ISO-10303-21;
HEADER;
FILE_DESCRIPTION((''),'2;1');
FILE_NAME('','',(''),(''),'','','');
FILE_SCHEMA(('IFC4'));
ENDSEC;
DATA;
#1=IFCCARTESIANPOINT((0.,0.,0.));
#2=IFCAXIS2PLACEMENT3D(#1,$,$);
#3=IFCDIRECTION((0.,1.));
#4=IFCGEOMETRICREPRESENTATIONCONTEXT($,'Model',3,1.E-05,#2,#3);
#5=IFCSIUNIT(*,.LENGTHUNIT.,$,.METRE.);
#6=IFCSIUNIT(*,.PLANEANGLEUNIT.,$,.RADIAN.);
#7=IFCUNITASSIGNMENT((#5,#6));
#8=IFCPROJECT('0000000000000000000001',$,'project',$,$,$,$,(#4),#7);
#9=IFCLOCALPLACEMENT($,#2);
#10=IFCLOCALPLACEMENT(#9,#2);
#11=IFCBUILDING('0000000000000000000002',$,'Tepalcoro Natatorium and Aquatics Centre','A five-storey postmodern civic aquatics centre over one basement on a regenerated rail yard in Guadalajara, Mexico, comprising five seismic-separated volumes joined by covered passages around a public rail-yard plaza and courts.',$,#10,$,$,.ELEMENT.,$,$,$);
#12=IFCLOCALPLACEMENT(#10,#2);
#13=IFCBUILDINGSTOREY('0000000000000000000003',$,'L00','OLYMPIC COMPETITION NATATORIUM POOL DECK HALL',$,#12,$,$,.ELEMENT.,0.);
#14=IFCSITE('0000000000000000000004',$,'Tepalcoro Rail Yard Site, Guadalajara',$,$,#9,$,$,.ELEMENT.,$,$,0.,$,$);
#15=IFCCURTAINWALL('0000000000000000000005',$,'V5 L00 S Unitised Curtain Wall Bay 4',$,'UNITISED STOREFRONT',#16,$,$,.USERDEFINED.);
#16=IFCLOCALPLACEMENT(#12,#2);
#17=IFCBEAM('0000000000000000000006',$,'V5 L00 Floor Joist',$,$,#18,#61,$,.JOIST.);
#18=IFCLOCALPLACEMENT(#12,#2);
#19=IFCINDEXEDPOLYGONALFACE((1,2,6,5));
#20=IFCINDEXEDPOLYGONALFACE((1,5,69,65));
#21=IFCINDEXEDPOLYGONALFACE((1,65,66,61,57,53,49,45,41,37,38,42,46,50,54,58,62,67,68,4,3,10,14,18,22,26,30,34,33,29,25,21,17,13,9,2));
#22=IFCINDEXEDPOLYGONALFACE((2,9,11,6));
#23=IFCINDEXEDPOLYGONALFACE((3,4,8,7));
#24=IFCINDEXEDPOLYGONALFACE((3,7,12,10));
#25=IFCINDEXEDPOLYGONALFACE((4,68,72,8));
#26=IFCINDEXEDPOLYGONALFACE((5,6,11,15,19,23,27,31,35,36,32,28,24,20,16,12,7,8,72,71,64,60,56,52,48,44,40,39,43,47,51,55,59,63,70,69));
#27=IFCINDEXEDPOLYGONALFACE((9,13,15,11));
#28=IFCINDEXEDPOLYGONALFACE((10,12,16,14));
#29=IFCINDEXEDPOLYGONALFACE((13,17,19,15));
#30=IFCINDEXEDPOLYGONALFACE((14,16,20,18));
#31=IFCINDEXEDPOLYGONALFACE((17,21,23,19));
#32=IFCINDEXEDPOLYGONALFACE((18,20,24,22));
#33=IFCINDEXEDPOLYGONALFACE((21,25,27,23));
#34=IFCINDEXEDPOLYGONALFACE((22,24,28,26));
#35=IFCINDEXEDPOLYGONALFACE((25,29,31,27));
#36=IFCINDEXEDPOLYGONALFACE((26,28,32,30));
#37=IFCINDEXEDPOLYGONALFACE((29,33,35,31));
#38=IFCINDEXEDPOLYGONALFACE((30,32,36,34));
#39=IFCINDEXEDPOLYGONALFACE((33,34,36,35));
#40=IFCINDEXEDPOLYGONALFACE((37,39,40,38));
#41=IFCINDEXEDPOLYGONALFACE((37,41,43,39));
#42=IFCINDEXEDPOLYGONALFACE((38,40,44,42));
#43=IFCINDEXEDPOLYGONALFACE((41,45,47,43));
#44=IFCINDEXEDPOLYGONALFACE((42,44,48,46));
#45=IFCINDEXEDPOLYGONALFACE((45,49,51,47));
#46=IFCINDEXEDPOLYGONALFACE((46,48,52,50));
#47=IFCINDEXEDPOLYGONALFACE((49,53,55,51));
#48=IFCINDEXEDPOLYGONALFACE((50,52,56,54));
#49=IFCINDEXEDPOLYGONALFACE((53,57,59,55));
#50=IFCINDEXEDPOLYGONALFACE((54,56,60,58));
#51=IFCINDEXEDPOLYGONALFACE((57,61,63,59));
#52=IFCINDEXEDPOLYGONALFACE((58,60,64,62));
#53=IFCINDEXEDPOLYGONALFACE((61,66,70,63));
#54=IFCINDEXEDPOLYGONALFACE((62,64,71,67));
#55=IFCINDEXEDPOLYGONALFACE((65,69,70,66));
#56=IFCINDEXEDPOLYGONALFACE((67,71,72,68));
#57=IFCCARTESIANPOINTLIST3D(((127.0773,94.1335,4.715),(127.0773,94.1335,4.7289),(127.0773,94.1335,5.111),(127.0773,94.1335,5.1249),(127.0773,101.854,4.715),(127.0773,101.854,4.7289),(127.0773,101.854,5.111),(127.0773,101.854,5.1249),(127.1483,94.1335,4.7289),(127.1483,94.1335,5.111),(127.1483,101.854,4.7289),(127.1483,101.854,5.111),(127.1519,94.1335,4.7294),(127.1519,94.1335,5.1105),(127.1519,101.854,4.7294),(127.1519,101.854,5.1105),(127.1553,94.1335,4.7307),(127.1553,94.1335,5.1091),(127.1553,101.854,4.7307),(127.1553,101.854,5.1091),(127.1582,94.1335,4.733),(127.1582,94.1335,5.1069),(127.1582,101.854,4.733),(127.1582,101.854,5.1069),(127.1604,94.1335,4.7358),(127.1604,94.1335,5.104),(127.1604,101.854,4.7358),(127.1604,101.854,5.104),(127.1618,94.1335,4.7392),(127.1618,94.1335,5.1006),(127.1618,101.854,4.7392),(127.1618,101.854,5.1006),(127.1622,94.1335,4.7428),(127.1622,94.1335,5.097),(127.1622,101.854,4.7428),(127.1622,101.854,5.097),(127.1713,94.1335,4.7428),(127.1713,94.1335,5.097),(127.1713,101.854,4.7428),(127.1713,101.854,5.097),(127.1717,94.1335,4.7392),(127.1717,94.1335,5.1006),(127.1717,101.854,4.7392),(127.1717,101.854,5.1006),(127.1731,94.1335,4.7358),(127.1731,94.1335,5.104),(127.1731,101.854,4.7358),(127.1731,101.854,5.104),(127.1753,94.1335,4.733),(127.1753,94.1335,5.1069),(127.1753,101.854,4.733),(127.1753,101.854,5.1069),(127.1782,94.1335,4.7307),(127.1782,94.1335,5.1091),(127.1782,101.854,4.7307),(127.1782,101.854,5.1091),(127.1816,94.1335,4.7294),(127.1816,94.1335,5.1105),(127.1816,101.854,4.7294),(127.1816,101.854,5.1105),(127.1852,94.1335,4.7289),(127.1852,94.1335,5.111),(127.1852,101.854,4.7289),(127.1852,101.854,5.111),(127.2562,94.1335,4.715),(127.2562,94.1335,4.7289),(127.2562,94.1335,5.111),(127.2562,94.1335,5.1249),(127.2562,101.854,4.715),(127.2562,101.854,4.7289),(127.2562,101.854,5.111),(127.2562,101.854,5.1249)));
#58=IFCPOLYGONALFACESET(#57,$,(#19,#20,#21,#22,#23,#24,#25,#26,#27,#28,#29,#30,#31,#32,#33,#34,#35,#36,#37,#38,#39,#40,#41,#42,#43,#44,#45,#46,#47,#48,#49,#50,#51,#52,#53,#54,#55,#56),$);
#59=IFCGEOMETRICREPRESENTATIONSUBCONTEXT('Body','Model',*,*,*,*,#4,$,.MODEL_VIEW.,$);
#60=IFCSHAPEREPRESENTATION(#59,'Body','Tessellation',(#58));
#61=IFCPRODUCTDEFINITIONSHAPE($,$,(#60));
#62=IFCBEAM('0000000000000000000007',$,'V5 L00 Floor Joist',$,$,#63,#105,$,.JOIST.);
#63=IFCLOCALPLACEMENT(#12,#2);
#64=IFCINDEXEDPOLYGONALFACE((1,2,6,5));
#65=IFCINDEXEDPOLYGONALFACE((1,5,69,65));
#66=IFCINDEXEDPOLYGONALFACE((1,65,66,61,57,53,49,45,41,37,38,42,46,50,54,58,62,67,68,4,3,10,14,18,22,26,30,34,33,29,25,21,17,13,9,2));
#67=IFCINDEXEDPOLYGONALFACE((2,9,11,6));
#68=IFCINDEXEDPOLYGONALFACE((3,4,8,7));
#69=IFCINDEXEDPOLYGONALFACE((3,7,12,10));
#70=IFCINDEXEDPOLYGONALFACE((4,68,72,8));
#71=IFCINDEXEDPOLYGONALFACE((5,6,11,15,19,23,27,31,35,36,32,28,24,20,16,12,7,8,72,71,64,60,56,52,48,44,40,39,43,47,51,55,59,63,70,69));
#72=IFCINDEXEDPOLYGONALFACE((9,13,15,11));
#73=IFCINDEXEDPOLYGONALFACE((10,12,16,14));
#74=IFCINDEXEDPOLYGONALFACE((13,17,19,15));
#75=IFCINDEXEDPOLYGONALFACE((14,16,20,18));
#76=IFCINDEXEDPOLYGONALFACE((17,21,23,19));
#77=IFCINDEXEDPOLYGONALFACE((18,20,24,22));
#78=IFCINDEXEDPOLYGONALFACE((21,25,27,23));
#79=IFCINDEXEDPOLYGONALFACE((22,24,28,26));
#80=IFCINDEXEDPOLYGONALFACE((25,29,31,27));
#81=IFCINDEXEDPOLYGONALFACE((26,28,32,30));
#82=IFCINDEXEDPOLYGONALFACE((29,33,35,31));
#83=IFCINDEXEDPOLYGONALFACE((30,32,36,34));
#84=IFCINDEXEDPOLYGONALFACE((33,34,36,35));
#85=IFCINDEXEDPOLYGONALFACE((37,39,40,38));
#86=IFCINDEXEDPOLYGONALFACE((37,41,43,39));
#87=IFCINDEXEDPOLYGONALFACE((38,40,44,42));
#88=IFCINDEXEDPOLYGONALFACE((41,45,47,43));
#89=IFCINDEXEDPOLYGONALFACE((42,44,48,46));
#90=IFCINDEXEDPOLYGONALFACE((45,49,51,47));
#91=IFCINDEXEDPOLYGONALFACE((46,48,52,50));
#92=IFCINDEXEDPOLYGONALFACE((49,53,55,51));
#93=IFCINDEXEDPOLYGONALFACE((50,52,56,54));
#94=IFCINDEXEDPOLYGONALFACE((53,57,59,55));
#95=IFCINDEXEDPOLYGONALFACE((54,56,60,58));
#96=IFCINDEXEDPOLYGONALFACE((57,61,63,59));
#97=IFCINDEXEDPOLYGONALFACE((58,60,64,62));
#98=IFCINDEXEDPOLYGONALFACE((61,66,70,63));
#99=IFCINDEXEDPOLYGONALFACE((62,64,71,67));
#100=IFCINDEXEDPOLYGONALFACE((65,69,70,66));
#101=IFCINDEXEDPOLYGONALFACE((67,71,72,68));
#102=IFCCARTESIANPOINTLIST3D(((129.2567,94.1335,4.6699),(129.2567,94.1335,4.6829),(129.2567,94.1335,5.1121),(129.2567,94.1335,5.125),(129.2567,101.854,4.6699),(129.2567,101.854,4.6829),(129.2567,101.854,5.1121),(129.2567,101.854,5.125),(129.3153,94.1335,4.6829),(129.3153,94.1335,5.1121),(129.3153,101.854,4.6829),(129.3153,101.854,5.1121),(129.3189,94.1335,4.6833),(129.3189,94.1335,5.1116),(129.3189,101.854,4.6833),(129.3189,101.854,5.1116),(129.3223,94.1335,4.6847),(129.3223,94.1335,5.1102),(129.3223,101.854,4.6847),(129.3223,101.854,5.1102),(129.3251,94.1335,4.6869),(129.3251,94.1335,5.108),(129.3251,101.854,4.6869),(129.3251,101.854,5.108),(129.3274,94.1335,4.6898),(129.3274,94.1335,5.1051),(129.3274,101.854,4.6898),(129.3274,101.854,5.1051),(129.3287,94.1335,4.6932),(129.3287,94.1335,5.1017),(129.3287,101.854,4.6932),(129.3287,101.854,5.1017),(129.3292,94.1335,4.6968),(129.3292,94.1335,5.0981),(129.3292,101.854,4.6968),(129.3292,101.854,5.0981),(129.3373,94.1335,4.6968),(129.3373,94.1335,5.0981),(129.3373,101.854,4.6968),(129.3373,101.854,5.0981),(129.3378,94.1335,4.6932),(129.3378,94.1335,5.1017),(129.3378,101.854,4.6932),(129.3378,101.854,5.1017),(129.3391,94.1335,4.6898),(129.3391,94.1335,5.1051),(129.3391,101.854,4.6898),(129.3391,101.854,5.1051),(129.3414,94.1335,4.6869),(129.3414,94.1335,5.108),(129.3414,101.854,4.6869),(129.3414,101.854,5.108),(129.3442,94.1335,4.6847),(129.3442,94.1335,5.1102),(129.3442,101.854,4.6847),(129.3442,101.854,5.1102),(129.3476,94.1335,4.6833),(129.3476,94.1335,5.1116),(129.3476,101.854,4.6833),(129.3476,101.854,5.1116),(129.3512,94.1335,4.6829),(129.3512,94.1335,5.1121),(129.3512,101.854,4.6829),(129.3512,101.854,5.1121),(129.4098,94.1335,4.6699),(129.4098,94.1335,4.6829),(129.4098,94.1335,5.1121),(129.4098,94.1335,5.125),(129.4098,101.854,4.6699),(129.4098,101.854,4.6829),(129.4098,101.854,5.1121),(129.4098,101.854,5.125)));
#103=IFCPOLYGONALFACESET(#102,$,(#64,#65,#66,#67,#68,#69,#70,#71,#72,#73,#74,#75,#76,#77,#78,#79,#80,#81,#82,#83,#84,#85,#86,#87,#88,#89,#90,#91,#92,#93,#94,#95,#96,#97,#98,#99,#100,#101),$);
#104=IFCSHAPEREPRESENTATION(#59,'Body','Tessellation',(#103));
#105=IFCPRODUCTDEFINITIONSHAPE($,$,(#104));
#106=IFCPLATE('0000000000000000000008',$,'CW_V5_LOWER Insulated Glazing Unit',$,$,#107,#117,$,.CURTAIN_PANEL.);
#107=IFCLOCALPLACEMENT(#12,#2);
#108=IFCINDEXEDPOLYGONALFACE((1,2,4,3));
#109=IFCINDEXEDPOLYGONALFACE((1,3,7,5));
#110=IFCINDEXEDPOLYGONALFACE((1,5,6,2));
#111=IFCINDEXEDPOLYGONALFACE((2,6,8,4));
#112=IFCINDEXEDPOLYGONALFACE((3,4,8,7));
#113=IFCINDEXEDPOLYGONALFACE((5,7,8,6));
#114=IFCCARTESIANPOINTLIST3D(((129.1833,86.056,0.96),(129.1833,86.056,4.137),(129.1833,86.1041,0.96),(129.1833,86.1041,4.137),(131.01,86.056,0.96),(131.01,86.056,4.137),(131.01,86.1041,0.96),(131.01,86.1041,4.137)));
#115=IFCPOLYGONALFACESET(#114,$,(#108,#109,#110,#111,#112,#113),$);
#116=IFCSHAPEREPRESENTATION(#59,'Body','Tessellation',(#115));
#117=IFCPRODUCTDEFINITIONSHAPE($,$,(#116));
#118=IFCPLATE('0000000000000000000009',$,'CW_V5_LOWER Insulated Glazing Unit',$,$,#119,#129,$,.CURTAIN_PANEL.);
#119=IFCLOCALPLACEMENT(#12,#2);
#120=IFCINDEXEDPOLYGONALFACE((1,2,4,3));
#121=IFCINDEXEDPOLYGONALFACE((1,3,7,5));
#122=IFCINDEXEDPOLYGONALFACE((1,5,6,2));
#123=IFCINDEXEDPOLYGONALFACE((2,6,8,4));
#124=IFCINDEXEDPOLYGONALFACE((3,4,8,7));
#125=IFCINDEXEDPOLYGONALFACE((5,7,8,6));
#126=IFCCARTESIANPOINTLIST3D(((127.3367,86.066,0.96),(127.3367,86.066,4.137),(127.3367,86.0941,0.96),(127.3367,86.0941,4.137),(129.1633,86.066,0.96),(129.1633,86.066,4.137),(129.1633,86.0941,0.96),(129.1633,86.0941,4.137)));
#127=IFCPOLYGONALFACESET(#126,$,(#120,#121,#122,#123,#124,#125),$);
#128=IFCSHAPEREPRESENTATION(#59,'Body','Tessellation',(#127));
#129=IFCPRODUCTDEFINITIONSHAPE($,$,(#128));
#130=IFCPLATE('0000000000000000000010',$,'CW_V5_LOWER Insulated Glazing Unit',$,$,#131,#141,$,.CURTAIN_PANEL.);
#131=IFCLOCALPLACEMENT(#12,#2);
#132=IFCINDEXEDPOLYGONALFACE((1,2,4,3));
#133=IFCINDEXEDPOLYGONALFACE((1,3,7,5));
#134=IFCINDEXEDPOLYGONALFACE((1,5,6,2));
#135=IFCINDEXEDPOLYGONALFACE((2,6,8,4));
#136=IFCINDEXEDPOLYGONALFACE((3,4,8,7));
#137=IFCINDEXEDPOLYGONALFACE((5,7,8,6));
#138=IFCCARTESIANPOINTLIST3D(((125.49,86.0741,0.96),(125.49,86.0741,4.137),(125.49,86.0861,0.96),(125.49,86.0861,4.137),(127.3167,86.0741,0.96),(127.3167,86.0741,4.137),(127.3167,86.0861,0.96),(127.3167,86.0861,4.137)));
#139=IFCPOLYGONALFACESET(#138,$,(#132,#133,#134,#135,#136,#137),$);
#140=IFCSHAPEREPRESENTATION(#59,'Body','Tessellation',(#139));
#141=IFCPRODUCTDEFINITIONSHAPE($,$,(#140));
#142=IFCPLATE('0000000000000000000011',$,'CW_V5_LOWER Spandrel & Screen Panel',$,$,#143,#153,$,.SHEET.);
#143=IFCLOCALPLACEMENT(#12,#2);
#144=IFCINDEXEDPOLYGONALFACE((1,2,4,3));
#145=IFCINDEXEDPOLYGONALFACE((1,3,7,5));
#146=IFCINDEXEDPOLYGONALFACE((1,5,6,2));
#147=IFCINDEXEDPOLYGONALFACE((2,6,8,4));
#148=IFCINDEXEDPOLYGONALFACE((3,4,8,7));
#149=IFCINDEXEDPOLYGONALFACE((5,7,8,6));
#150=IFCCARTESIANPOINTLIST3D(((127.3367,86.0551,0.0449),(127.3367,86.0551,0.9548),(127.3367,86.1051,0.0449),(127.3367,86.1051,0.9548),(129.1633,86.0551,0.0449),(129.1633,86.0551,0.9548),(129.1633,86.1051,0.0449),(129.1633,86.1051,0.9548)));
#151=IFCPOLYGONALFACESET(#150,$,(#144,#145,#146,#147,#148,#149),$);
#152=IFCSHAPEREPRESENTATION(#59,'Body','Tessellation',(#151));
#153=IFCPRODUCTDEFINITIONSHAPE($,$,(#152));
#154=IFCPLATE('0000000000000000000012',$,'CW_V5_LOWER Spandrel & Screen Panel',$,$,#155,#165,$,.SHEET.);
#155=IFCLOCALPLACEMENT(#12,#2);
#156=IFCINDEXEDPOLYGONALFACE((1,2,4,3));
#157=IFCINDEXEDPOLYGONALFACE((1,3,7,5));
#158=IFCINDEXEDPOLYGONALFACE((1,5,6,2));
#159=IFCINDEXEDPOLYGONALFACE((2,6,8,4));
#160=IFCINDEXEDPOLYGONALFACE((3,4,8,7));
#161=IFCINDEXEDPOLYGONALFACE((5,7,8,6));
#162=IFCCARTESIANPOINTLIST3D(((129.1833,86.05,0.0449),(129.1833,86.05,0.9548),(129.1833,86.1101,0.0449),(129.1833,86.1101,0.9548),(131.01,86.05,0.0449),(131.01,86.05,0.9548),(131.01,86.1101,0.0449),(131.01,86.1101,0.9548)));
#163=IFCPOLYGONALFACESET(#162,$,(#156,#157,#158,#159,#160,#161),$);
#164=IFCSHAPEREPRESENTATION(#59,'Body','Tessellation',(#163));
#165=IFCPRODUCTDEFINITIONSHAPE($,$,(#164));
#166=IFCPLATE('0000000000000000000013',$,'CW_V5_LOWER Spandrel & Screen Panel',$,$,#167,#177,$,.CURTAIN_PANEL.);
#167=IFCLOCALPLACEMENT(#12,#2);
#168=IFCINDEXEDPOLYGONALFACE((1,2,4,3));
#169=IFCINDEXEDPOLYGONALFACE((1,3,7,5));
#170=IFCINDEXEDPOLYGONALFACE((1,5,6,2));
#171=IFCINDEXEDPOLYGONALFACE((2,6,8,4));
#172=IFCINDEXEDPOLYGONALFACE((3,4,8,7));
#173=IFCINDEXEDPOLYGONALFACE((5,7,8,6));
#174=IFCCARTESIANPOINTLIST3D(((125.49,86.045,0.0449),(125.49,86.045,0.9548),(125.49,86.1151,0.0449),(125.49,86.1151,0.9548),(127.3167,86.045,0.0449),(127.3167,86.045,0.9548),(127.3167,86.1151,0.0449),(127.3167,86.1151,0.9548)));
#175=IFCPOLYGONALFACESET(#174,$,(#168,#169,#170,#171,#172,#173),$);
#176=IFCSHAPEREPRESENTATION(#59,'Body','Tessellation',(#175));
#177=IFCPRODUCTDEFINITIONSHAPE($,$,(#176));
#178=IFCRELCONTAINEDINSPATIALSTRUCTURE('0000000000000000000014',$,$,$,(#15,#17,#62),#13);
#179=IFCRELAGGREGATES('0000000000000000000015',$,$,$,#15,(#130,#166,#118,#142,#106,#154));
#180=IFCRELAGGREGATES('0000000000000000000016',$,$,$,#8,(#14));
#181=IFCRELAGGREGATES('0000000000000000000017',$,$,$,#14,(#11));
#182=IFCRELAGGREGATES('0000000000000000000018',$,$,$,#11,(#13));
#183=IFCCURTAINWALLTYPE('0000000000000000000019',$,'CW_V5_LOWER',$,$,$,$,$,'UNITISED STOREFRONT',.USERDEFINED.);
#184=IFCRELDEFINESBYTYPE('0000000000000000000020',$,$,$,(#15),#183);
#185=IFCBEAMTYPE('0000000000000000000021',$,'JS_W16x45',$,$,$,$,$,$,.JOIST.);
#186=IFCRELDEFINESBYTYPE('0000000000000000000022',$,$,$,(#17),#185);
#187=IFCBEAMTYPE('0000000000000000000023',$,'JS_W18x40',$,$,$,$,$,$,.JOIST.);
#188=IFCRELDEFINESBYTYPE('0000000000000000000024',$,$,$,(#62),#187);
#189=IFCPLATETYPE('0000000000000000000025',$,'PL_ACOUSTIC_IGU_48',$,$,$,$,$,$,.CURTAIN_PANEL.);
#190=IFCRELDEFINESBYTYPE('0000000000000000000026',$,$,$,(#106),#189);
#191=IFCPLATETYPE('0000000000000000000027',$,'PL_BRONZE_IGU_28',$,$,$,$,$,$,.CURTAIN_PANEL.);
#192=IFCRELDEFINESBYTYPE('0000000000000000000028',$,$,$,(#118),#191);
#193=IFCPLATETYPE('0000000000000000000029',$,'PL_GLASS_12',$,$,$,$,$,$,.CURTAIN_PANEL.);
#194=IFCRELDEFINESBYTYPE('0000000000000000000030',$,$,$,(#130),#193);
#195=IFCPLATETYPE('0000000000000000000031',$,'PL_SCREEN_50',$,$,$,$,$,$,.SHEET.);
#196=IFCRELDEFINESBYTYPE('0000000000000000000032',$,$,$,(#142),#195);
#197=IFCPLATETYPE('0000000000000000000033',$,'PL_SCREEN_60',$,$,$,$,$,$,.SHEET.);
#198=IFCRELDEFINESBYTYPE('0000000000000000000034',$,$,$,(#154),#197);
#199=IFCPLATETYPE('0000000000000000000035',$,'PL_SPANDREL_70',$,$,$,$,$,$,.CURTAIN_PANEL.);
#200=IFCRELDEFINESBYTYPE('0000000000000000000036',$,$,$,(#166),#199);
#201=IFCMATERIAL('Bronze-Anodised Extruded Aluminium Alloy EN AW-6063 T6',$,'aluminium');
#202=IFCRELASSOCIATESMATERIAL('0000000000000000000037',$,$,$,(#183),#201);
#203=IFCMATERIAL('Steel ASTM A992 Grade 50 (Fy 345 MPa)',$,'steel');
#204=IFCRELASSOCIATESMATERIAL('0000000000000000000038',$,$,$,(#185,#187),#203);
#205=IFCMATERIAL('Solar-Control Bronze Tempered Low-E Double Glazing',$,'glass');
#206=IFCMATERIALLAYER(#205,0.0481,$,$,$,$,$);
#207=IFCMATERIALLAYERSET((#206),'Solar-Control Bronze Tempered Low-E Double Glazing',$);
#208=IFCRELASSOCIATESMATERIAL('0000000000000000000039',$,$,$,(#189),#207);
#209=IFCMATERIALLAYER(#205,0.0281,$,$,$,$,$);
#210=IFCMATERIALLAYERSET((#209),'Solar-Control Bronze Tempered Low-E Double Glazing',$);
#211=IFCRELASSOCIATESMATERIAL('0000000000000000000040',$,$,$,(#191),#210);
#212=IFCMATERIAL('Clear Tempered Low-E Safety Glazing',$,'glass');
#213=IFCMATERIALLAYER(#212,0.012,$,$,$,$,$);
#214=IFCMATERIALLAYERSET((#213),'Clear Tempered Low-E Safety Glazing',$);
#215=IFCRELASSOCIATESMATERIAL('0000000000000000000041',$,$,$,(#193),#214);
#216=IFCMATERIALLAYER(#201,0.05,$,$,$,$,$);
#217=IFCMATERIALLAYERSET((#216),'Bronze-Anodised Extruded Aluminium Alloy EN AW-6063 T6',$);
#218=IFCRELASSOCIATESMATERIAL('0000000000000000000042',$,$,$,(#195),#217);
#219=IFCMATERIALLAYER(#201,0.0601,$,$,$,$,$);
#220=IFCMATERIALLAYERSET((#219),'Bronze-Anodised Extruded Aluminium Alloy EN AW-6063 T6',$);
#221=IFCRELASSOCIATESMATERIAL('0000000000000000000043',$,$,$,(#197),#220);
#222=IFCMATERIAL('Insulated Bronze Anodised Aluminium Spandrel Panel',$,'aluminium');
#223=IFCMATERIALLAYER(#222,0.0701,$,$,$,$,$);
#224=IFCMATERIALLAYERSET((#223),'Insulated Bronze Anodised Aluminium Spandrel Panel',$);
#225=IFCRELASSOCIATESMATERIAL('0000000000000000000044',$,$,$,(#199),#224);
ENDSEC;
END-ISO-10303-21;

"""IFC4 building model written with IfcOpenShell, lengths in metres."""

from ifc_helpers import new_model, si_unit, direction, frame, origin, origin_2d, place, context, subcontext, project, spatial, rectangle, i_section, extrude, material, layer, layer_set, material_profile, profile_set, type_object, element, aggregate, save


model = new_model("IFC4")

# Units and contexts
model_context = context("Model", 3, precision=1e-05, world=origin(), true_north=direction((0.0, 1.0)))
body_context = subcontext(model_context, "Body", "Model", "MODEL_VIEW")
ifc_project = project(units=[si_unit("LENGTHUNIT", "METRE"), si_unit("PLANEANGLEUNIT", "RADIAN")], contexts=[model_context])

# Site, building, storey
site_placement = place(None, origin())
site = spatial("IfcSite", under=ifc_project, at=site_placement, Name="Tepalcoro Rail Yard Site, Guadalajara", CompositionType="ELEMENT", RefElevation=0.0)
building_placement = place(site_placement, origin())
building = spatial("IfcBuilding", under=site, at=building_placement, Name="Tepalcoro Natatorium and Aquatics Centre", Description="A five-storey postmodern civic aquatics centre over one basement on a regenerated rail yard in Guadalajara, Mexico, comprising five seismic-separated volumes joined by covered passages around a public rail-yard plaza and courts.", CompositionType="ELEMENT")
storey_placement = place(building_placement, origin())
storey = spatial("IfcBuildingStorey", under=building, at=storey_placement, Name="L00", Description="OLYMPIC COMPETITION NATATORIUM POOL DECK HALL", CompositionType="ELEMENT", Elevation=0.0)

# Shared definitions
ifc_material_1 = material(Name="Steel ASTM A992 Grade 50 (Fy 345 MPa)", Category="steel")

# Curtain wall
ifc_material_2 = material(Name="Bronze-Anodised Extruded Aluminium Alloy EN AW-6063 T6", Category="aluminium")
curtain_wall_type = type_object("IfcCurtainWallType", Name="CW_V5_LOWER", ElementType="UNITISED STOREFRONT", PredefinedType="USERDEFINED", material=ifc_material_2)
curtain_wall_placement = place(storey_placement, origin())
curtain_wall = element("IfcCurtainWall", 1, at=curtain_wall_placement, inside=storey, type_object=curtain_wall_type, Name="V5 L00 S Unitised Curtain Wall Bay 4", ObjectType="UNITISED STOREFRONT", PredefinedType="USERDEFINED")

# Beams
ifc_material_profile_1 = material_profile(ifc_material_1, i_section(OverallWidth=0.179, OverallDepth=0.4099, WebThickness=0.009, FlangeThickness=0.0139, FilletRadius=0.0139, at=origin_2d()), Name="W16X45")
ifc_profile_set_1 = profile_set([ifc_material_profile_1], Name="Steel ASTM A992 Grade 50 (Fy 345 MPa)")
beam_type_1 = type_object("IfcBeamType", Name="JS_W16x45", PredefinedType="JOIST", material=ifc_profile_set_1)
beam_1_placement = place(storey_placement, frame((127.1667, 94.1335, 4.9199), z_axis=(0.0, 1.0, 0.0), x_axis=(-1.0, 0.0, 0.0)))
element("IfcBeam", 2, at=beam_1_placement, inside=storey, type_object=beam_type_1, Name="V5 L00 Floor Joist", PredefinedType="JOIST", context=body_context, shape_type="SweptSolid", body=[
    extrude(i_section(OverallWidth=0.179, OverallDepth=0.4099, WebThickness=0.009, FlangeThickness=0.0139, FilletRadius=0.0139, at=origin_2d()), origin(), (0.0, 0.0, 1.0), 7.7205),
])
ifc_material_profile_2 = material_profile(ifc_material_1, i_section(OverallWidth=0.1531, OverallDepth=0.4551, WebThickness=0.0081, FlangeThickness=0.0129, FilletRadius=0.0139, at=origin_2d()), Name="W18X40")
ifc_profile_set_2 = profile_set([ifc_material_profile_2], Name="Steel ASTM A992 Grade 50 (Fy 345 MPa)")
beam_type_2 = type_object("IfcBeamType", Name="JS_W18x40", PredefinedType="JOIST", material=ifc_profile_set_2)
beam_2_placement = place(storey_placement, frame((129.3333, 94.1335, 4.8975), z_axis=(0.0, 1.0, 0.0), x_axis=(-1.0, 0.0, 0.0)))
element("IfcBeam", 3, at=beam_2_placement, inside=storey, type_object=beam_type_2, Name="V5 L00 Floor Joist", PredefinedType="JOIST", context=body_context, shape_type="SweptSolid", body=[
    extrude(i_section(OverallWidth=0.1531, OverallDepth=0.4551, WebThickness=0.0081, FlangeThickness=0.0129, FilletRadius=0.0139, at=origin_2d()), origin(), (0.0, 0.0, 1.0), 7.7205),
])

# Plates
ifc_material_3 = material(Name="Solar-Control Bronze Tempered Low-E Double Glazing", Category="glass")
ifc_layer_1 = layer(ifc_material_3, 0.0481)
ifc_layer_set_1 = layer_set([ifc_layer_1], Name="Solar-Control Bronze Tempered Low-E Double Glazing")
plate_type_1 = type_object("IfcPlateType", Name="PL_ACOUSTIC_IGU_48", PredefinedType="CURTAIN_PANEL", material=ifc_layer_set_1)
plate_1_placement = place(storey_placement, frame((130.0967, 86.0801, 0.96), z_axis=(0.0, 0.0, 1.0), x_axis=(1.0, 0.0, 0.0)))
plate_1 = element("IfcPlate", 4, at=plate_1_placement, type_object=plate_type_1, Name="CW_V5_LOWER Insulated Glazing Unit", PredefinedType="CURTAIN_PANEL", context=body_context, shape_type="SweptSolid", body=[
    extrude(rectangle(XDim=1.8267, YDim=0.0481, at=origin_2d()), origin(), (0.0, 0.0, 1.0), 3.177),
])
ifc_layer_2 = layer(ifc_material_3, 0.0281)
ifc_layer_set_2 = layer_set([ifc_layer_2], Name="Solar-Control Bronze Tempered Low-E Double Glazing")
plate_type_2 = type_object("IfcPlateType", Name="PL_BRONZE_IGU_28", PredefinedType="CURTAIN_PANEL", material=ifc_layer_set_2)
plate_2_placement = place(storey_placement, frame((128.25, 86.0801, 0.96), z_axis=(0.0, 0.0, 1.0), x_axis=(1.0, 0.0, 0.0)))
plate_2 = element("IfcPlate", 5, at=plate_2_placement, type_object=plate_type_2, Name="CW_V5_LOWER Insulated Glazing Unit", PredefinedType="CURTAIN_PANEL", context=body_context, shape_type="SweptSolid", body=[
    extrude(rectangle(XDim=1.8267, YDim=0.0281, at=origin_2d()), origin(), (0.0, 0.0, 1.0), 3.177),
])
ifc_material_4 = material(Name="Clear Tempered Low-E Safety Glazing", Category="glass")
ifc_layer_3 = layer(ifc_material_4, 0.012)
ifc_layer_set_3 = layer_set([ifc_layer_3], Name="Clear Tempered Low-E Safety Glazing")
plate_type_3 = type_object("IfcPlateType", Name="PL_GLASS_12", PredefinedType="CURTAIN_PANEL", material=ifc_layer_set_3)
plate_3_placement = place(storey_placement, frame((126.4033, 86.0801, 0.96), z_axis=(0.0, 0.0, 1.0), x_axis=(1.0, 0.0, 0.0)))
plate_3 = element("IfcPlate", 6, at=plate_3_placement, type_object=plate_type_3, Name="CW_V5_LOWER Insulated Glazing Unit", PredefinedType="CURTAIN_PANEL", context=body_context, shape_type="SweptSolid", body=[
    extrude(rectangle(XDim=1.8267, YDim=0.012, at=origin_2d()), origin(), (0.0, 0.0, 1.0), 3.177),
])
ifc_layer_4 = layer(ifc_material_2, 0.05)
ifc_layer_set_4 = layer_set([ifc_layer_4], Name="Bronze-Anodised Extruded Aluminium Alloy EN AW-6063 T6")
plate_type_4 = type_object("IfcPlateType", Name="PL_SCREEN_50", PredefinedType="SHEET", material=ifc_layer_set_4)
plate_4_placement = place(storey_placement, frame((128.25, 86.0801, 0.0449), z_axis=(0.0, 0.0, 1.0), x_axis=(1.0, 0.0, 0.0)))
plate_4 = element("IfcPlate", 7, at=plate_4_placement, type_object=plate_type_4, Name="CW_V5_LOWER Spandrel & Screen Panel", PredefinedType="SHEET", context=body_context, shape_type="SweptSolid", body=[
    extrude(rectangle(XDim=1.8267, YDim=0.05, at=origin_2d()), origin(), (0.0, 0.0, 1.0), 0.9099),
])
ifc_layer_5 = layer(ifc_material_2, 0.0601)
ifc_layer_set_5 = layer_set([ifc_layer_5], Name="Bronze-Anodised Extruded Aluminium Alloy EN AW-6063 T6")
plate_type_5 = type_object("IfcPlateType", Name="PL_SCREEN_60", PredefinedType="SHEET", material=ifc_layer_set_5)
plate_5_placement = place(storey_placement, frame((130.0967, 86.0801, 0.0449), z_axis=(0.0, 0.0, 1.0), x_axis=(1.0, 0.0, 0.0)))
plate_5 = element("IfcPlate", 8, at=plate_5_placement, type_object=plate_type_5, Name="CW_V5_LOWER Spandrel & Screen Panel", PredefinedType="SHEET", context=body_context, shape_type="SweptSolid", body=[
    extrude(rectangle(XDim=1.8267, YDim=0.0601, at=origin_2d()), origin(), (0.0, 0.0, 1.0), 0.9099),
])
ifc_material_5 = material(Name="Insulated Bronze Anodised Aluminium Spandrel Panel", Category="aluminium")
ifc_layer_6 = layer(ifc_material_5, 0.0701)
ifc_layer_set_6 = layer_set([ifc_layer_6], Name="Insulated Bronze Anodised Aluminium Spandrel Panel")
plate_type_6 = type_object("IfcPlateType", Name="PL_SPANDREL_70", PredefinedType="CURTAIN_PANEL", material=ifc_layer_set_6)
plate_6_placement = place(storey_placement, frame((126.4033, 86.0801, 0.0449), z_axis=(0.0, 0.0, 1.0), x_axis=(1.0, 0.0, 0.0)))
plate_6 = element("IfcPlate", 9, at=plate_6_placement, type_object=plate_type_6, Name="CW_V5_LOWER Spandrel & Screen Panel", PredefinedType="CURTAIN_PANEL", context=body_context, shape_type="SweptSolid", body=[
    extrude(rectangle(XDim=1.8267, YDim=0.0701, at=origin_2d()), origin(), (0.0, 0.0, 1.0), 0.9099),
])
aggregate(curtain_wall, [plate_3, plate_6, plate_2, plate_4, plate_1, plate_5])

save(model, "model.ifc")
